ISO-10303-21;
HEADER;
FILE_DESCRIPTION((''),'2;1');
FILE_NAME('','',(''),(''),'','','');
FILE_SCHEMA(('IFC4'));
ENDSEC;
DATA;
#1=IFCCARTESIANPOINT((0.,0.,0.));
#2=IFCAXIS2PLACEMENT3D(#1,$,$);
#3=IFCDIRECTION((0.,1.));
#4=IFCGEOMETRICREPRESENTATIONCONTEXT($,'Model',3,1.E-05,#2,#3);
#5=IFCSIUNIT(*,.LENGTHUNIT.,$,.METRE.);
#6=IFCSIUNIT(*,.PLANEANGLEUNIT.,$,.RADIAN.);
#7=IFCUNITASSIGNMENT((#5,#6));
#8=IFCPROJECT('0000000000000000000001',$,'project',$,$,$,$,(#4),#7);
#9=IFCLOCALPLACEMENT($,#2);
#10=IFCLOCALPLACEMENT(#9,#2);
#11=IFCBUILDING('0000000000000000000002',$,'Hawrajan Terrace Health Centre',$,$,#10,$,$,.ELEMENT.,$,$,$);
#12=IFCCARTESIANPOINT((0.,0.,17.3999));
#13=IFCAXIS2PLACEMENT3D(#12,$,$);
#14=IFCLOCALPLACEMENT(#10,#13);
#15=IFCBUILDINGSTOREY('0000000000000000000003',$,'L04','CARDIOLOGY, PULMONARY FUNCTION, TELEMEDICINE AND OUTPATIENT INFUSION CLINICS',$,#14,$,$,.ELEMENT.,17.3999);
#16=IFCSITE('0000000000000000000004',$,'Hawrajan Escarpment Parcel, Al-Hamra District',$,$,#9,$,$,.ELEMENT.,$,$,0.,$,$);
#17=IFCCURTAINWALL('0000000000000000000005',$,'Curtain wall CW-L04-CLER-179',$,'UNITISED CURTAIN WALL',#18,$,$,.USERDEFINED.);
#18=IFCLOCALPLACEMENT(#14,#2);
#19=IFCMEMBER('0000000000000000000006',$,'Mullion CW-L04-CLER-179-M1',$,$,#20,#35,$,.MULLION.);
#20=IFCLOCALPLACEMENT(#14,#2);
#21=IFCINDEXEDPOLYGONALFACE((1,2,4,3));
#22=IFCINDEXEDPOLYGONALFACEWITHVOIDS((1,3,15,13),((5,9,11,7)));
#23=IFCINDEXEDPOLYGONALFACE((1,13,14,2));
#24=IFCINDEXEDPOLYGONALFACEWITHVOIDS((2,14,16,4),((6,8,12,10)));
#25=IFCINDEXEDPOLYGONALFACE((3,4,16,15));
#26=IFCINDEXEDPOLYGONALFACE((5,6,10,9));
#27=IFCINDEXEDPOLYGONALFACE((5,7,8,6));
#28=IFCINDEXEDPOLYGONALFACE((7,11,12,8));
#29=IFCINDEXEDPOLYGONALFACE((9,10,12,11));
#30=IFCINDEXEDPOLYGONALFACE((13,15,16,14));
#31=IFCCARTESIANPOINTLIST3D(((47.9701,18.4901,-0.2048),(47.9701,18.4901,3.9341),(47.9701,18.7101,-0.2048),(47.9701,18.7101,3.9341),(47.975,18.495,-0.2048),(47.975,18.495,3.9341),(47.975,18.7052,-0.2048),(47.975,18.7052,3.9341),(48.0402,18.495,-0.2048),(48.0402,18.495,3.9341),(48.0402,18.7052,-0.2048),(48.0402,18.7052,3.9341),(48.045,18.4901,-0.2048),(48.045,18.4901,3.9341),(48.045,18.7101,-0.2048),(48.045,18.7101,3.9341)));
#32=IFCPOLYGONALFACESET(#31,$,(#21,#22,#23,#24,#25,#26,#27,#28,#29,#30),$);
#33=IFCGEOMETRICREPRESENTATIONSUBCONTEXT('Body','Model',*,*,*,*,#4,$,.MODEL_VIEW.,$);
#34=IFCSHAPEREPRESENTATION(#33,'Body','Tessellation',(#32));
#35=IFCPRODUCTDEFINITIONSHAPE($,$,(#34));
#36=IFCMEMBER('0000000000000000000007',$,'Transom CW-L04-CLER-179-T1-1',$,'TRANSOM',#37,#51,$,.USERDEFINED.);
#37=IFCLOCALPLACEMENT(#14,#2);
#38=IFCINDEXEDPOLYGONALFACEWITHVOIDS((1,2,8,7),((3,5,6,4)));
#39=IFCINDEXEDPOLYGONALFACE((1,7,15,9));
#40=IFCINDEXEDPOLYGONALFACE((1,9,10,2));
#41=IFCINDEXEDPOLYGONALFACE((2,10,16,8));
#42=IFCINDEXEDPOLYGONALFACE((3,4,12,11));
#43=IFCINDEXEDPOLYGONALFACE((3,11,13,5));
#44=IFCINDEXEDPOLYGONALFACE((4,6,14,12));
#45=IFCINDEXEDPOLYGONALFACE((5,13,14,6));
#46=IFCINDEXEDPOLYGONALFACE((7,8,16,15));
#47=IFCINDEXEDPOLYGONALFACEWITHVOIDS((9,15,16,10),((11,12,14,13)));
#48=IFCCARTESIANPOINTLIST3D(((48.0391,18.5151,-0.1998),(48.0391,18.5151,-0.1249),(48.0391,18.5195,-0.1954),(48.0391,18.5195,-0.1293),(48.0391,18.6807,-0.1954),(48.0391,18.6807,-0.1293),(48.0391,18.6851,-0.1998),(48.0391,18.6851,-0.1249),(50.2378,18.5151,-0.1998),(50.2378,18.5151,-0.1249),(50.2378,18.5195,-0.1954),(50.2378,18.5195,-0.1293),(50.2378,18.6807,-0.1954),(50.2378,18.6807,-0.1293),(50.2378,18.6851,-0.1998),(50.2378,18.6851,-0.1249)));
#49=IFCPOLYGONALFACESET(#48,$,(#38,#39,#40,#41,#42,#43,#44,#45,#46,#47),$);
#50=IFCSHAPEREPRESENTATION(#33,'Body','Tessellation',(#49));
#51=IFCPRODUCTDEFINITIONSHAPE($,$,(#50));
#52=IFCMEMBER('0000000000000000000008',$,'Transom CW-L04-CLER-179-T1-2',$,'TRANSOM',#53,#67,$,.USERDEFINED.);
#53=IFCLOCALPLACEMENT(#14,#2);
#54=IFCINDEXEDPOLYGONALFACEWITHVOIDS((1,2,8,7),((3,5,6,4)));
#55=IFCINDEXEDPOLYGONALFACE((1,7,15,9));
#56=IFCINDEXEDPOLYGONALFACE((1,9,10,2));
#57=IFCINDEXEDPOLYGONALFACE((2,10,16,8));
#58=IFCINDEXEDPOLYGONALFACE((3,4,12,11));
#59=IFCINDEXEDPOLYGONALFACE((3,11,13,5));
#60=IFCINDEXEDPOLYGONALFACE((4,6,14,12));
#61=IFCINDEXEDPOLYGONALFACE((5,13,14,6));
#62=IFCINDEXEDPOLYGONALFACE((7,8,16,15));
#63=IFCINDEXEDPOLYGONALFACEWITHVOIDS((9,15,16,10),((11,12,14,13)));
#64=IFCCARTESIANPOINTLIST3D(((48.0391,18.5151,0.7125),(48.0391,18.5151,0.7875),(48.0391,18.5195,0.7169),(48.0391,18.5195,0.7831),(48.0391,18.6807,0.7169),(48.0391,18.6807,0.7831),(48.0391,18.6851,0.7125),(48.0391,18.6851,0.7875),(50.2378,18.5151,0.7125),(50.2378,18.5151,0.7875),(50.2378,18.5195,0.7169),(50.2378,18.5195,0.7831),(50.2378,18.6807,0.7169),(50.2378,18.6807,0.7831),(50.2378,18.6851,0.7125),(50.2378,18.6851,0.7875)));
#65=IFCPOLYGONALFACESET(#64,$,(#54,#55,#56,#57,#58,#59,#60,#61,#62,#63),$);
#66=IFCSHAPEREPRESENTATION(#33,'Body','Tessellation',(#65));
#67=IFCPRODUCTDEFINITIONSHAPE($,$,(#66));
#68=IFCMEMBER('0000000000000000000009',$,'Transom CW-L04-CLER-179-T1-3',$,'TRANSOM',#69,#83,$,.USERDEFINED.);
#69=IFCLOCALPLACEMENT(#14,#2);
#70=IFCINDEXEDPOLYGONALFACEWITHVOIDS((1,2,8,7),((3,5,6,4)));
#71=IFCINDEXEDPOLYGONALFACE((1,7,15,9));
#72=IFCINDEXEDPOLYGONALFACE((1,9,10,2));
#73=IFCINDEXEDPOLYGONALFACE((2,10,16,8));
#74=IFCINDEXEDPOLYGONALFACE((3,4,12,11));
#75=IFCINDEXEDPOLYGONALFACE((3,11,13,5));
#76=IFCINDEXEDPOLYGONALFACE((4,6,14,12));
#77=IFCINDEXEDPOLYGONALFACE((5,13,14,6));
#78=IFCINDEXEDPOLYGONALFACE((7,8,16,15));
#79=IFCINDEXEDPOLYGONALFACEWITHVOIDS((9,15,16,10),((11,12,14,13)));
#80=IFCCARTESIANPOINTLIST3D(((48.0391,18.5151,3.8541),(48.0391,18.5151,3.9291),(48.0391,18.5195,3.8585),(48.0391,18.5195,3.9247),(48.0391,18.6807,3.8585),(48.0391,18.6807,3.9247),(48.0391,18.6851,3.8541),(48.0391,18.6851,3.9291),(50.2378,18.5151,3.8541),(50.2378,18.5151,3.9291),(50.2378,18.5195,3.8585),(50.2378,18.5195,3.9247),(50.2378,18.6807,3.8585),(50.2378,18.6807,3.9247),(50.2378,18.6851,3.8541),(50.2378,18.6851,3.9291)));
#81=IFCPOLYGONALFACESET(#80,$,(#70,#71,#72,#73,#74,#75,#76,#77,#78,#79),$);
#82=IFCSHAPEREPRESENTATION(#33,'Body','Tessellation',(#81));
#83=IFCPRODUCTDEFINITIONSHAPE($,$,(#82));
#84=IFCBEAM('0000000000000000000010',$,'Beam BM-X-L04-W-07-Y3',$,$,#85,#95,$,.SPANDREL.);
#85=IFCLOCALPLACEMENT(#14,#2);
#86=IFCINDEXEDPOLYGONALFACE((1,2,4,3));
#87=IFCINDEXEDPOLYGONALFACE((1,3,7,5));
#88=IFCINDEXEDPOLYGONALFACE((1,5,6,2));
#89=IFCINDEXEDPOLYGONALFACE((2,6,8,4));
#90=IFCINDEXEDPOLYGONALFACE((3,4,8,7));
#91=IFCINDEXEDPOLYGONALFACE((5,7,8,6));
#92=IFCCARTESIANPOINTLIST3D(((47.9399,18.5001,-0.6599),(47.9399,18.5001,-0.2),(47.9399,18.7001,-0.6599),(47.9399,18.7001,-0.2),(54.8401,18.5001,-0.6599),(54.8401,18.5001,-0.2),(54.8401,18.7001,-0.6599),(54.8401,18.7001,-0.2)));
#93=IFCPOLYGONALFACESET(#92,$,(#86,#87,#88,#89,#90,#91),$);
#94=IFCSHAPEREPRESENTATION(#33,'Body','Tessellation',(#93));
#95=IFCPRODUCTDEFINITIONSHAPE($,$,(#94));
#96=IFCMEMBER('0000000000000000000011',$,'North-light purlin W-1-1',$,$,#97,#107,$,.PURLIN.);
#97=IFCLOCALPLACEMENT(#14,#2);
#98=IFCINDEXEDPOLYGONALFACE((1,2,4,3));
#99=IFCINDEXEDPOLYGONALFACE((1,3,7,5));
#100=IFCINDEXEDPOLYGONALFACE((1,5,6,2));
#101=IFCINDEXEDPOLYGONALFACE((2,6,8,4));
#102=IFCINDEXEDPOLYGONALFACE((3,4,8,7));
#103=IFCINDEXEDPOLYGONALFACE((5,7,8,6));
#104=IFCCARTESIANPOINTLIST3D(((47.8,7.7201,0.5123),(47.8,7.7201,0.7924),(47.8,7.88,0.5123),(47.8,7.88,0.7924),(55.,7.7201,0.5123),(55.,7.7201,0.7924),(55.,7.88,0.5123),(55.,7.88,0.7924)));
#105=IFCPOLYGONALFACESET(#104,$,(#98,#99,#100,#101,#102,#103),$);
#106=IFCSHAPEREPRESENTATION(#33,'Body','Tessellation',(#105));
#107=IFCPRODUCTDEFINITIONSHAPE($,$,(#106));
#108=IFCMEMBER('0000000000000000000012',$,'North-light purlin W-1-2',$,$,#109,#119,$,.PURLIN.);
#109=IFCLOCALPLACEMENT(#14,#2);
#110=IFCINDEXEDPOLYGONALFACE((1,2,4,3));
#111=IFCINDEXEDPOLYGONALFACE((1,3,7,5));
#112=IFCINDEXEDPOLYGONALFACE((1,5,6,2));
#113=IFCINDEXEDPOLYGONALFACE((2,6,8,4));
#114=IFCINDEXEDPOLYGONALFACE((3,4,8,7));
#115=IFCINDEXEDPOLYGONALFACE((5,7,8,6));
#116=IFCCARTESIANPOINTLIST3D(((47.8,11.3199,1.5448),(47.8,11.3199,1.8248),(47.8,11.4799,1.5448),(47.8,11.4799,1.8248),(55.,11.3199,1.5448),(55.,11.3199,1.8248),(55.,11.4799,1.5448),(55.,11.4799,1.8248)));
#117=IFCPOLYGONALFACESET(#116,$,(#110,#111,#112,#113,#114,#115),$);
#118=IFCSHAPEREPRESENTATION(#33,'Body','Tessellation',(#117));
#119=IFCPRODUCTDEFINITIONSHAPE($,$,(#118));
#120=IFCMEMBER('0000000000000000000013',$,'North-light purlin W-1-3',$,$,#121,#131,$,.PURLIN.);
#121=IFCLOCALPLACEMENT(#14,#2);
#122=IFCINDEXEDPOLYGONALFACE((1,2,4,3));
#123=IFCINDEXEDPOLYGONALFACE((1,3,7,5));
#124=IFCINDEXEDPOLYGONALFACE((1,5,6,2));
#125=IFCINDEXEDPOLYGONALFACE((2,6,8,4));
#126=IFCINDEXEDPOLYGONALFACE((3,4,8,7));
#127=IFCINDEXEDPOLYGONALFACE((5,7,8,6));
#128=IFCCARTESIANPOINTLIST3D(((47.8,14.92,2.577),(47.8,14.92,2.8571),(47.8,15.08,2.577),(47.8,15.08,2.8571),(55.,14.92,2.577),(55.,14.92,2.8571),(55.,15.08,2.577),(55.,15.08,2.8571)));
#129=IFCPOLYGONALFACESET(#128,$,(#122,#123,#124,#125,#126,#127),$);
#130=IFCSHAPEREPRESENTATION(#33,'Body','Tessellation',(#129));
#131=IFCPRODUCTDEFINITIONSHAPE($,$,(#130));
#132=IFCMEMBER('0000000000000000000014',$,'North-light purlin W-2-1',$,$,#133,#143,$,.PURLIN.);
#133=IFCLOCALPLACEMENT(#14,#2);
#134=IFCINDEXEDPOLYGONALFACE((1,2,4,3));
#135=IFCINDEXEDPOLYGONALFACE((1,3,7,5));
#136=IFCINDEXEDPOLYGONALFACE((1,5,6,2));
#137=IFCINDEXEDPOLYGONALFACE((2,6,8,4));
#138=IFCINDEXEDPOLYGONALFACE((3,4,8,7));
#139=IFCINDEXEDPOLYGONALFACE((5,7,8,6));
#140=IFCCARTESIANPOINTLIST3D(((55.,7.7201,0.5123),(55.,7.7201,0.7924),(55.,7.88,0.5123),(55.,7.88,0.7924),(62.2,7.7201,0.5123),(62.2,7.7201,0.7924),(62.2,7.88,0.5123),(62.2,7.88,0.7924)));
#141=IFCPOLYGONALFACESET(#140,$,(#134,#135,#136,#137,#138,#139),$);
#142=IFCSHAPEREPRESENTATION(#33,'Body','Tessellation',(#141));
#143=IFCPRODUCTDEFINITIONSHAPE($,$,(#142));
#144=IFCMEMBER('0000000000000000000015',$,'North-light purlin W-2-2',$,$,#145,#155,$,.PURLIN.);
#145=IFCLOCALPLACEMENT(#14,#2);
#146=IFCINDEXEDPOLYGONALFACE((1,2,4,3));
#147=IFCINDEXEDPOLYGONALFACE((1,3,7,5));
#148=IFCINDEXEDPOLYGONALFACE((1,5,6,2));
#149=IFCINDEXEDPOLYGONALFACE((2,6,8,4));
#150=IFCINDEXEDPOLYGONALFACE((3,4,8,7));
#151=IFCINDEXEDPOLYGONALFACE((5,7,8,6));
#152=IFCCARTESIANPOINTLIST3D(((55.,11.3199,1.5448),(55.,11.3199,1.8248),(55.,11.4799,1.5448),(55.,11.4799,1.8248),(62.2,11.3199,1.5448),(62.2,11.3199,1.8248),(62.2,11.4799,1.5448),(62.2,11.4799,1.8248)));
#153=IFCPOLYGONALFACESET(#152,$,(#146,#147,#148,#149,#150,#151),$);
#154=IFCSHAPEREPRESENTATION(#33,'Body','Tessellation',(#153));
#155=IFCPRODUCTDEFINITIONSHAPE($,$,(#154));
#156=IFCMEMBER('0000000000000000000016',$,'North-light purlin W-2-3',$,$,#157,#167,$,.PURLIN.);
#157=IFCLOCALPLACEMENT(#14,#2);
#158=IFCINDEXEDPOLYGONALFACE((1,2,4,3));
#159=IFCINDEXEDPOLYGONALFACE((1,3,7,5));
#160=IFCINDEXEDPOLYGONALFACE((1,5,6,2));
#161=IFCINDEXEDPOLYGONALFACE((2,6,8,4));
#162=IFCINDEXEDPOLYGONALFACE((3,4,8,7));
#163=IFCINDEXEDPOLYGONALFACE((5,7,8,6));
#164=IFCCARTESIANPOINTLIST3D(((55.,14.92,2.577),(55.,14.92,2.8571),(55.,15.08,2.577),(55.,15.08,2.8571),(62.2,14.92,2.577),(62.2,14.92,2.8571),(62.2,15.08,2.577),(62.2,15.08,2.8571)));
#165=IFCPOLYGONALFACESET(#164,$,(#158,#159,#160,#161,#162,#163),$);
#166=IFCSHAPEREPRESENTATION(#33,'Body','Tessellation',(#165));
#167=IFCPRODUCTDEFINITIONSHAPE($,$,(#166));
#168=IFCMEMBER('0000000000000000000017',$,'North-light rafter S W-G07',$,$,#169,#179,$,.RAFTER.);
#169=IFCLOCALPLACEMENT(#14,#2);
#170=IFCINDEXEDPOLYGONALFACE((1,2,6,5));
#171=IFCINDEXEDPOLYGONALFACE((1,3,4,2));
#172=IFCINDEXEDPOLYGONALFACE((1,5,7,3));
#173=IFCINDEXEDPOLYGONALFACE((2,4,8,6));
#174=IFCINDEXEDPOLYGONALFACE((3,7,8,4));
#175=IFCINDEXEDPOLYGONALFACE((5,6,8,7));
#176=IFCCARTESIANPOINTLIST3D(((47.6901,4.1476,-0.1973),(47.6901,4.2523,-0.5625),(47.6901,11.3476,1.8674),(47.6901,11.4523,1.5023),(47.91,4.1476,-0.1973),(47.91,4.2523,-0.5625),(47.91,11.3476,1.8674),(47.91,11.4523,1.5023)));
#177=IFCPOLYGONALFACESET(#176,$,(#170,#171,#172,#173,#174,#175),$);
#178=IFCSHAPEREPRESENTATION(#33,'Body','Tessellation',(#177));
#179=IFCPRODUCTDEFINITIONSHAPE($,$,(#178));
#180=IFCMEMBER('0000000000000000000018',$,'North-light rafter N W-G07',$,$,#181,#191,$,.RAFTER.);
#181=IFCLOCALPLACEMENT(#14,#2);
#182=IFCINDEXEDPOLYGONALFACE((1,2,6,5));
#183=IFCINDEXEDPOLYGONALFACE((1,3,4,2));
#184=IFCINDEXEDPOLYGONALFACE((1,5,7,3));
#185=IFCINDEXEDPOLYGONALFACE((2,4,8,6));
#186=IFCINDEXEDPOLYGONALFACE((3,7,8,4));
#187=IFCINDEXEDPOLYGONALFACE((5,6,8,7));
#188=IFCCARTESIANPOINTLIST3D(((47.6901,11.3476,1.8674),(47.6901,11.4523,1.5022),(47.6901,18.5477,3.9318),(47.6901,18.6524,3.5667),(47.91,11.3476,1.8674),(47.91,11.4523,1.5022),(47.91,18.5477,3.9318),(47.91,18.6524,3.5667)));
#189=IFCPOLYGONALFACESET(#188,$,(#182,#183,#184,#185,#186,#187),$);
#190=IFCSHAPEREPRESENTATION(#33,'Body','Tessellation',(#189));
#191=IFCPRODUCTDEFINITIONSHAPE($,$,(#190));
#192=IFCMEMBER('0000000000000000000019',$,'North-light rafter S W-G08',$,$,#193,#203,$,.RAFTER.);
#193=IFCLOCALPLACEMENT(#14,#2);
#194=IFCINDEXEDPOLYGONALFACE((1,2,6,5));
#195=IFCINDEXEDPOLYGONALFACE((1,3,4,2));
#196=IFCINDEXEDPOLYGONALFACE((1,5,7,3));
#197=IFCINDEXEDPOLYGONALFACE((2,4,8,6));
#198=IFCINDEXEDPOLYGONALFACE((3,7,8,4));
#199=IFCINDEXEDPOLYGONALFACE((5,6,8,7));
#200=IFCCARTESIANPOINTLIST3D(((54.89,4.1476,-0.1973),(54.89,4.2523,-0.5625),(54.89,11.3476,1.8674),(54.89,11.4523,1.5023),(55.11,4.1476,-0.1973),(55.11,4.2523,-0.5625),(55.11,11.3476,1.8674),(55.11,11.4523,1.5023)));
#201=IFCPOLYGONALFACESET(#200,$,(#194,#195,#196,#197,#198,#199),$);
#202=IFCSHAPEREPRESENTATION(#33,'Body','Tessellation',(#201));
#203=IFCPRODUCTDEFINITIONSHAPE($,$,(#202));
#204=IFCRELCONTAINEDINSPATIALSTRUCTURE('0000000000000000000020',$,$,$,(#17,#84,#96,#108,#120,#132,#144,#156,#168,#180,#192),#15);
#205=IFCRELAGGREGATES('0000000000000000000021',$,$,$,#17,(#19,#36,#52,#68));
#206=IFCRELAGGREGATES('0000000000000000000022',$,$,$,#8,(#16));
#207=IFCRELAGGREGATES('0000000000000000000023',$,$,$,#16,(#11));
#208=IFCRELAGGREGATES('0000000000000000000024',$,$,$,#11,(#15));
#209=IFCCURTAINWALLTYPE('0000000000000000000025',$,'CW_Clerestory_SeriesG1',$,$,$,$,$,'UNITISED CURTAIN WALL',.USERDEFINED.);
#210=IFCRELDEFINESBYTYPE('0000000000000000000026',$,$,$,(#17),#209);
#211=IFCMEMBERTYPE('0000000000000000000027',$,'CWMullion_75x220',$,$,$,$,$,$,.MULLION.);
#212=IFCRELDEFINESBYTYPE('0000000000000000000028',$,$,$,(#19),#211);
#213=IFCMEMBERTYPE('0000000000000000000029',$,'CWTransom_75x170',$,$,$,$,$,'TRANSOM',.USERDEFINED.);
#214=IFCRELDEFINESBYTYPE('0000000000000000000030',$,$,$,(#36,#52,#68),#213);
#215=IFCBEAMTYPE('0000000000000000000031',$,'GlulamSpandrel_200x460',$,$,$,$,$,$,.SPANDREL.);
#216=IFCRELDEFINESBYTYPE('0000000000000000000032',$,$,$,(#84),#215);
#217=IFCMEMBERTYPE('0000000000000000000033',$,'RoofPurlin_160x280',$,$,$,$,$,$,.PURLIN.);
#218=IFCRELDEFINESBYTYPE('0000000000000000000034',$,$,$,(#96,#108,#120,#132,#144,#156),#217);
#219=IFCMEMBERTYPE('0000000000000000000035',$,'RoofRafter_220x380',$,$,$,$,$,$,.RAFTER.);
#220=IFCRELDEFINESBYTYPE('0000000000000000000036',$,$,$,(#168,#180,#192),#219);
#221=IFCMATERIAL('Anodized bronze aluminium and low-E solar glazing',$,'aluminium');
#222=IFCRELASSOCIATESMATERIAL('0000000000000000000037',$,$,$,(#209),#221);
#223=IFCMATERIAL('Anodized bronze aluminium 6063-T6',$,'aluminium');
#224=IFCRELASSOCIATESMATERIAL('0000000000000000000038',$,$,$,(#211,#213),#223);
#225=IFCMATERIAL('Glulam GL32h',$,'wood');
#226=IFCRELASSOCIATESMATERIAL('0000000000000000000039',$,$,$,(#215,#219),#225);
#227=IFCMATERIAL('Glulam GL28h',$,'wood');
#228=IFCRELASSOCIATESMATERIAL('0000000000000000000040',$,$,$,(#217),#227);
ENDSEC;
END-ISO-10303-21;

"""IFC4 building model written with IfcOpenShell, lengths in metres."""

from ifc_helpers import new_model, si_unit, direction, frame, origin, origin_2d, place, context, subcontext, project, spatial, rectangle, hollow_rectangle, extrude, material, material_profile, profile_set, type_object, element, aggregate, save


model = new_model("IFC4")

# Units and contexts
model_context = context("Model", 3, precision=1e-05, world=origin(), true_north=direction((0.0, 1.0)))
body_context = subcontext(model_context, "Body", "Model", "MODEL_VIEW")
ifc_project = project(units=[si_unit("LENGTHUNIT", "METRE"), si_unit("PLANEANGLEUNIT", "RADIAN")], contexts=[model_context])

# Site, building, storey
site_placement = place(None, origin())
site = spatial("IfcSite", under=ifc_project, at=site_placement, Name="Hawrajan Escarpment Parcel, Al-Hamra District", CompositionType="ELEMENT", RefElevation=0.0)
building_placement = place(site_placement, origin())
building = spatial("IfcBuilding", under=site, at=building_placement, Name="Hawrajan Terrace Health Centre", CompositionType="ELEMENT")
storey_placement = place(building_placement, frame((0.0, 0.0, 17.3999)))
storey = spatial("IfcBuildingStorey", under=building, at=storey_placement, Name="L04", Description="CARDIOLOGY, PULMONARY FUNCTION, TELEMEDICINE AND OUTPATIENT INFUSION CLINICS", CompositionType="ELEMENT", Elevation=17.3999)

# Curtain wall, members
ifc_material_1 = material(Name="Anodized bronze aluminium and low-E solar glazing", Category="aluminium")
curtain_wall_type = type_object("IfcCurtainWallType", Name="CW_Clerestory_SeriesG1", ElementType="UNITISED CURTAIN WALL", PredefinedType="USERDEFINED", material=ifc_material_1)
curtain_wall_placement = place(storey_placement, origin())
curtain_wall = element("IfcCurtainWall", 1, at=curtain_wall_placement, inside=storey, type_object=curtain_wall_type, Name="Curtain wall CW-L04-CLER-179", ObjectType="UNITISED CURTAIN WALL", PredefinedType="USERDEFINED")
ifc_material_2 = material(Name="Anodized bronze aluminium 6063-T6", Category="aluminium")
ifc_material_profile_1 = material_profile(ifc_material_2, hollow_rectangle(XDim=0.075, YDim=0.22, WallThickness=0.0049, at=origin_2d()), Name="CW MUL 75x220")
ifc_profile_set_1 = profile_set([ifc_material_profile_1], Name="Anodized bronze aluminium 6063-T6")
member_type_1 = type_object("IfcMemberType", Name="CWMullion_75x220", PredefinedType="MULLION", material=ifc_profile_set_1)
member_1_placement = place(storey_placement, frame((48.0076, 18.6001, -0.2048), z_axis=(0.0, 0.0, 1.0), x_axis=(1.0, 0.0, 0.0)))
member_1 = element("IfcMember", 2, at=member_1_placement, type_object=member_type_1, Name="Mullion CW-L04-CLER-179-M1", PredefinedType="MULLION", context=body_context, shape_type="SweptSolid", body=[
    extrude(hollow_rectangle(XDim=0.075, YDim=0.22, WallThickness=0.0049, at=origin_2d()), origin(), (0.0, 0.0, 1.0), 4.1389),
])
ifc_material_profile_2 = material_profile(ifc_material_2, hollow_rectangle(XDim=0.075, YDim=0.1699, WallThickness=0.0044, at=origin_2d()), Name="CW TRN 75x170")
ifc_profile_set_2 = profile_set([ifc_material_profile_2], Name="Anodized bronze aluminium 6063-T6")
member_type_2 = type_object("IfcMemberType", Name="CWTransom_75x170", ElementType="TRANSOM", PredefinedType="USERDEFINED", material=ifc_profile_set_2)
member_2_placement = place(storey_placement, frame((48.0391, 18.6001, -0.1624), z_axis=(1.0, 0.0, 0.0), x_axis=(0.0, 0.0, 1.0)))
member_2 = element("IfcMember", 3, at=member_2_placement, type_object=member_type_2, Name="Transom CW-L04-CLER-179-T1-1", ObjectType="TRANSOM", PredefinedType="USERDEFINED", context=body_context, shape_type="SweptSolid", body=[
    extrude(hollow_rectangle(XDim=0.075, YDim=0.1699, WallThickness=0.0044, at=origin_2d()), origin(), (0.0, 0.0, 1.0), 2.1987),
])
member_3_placement = place(storey_placement, frame((48.0391, 18.6001, 0.75), z_axis=(1.0, 0.0, 0.0), x_axis=(0.0, 0.0, 1.0)))
member_3 = element("IfcMember", 4, at=member_3_placement, type_object=member_type_2, Name="Transom CW-L04-CLER-179-T1-2", ObjectType="TRANSOM", PredefinedType="USERDEFINED", context=body_context, shape_type="SweptSolid", body=[
    extrude(hollow_rectangle(XDim=0.075, YDim=0.1699, WallThickness=0.0044, at=origin_2d()), origin(), (0.0, 0.0, 1.0), 2.1987),
])
member_4_placement = place(storey_placement, frame((48.0391, 18.6001, 3.8916), z_axis=(1.0, 0.0, 0.0), x_axis=(0.0, 0.0, 1.0)))
member_4 = element("IfcMember", 5, at=member_4_placement, type_object=member_type_2, Name="Transom CW-L04-CLER-179-T1-3", ObjectType="TRANSOM", PredefinedType="USERDEFINED", context=body_context, shape_type="SweptSolid", body=[
    extrude(hollow_rectangle(XDim=0.075, YDim=0.1699, WallThickness=0.0044, at=origin_2d()), origin(), (0.0, 0.0, 1.0), 2.1987),
])

# Beam
ifc_material_3 = material(Name="Glulam GL32h", Category="wood")
ifc_material_profile_3 = material_profile(ifc_material_3, rectangle(XDim=0.2, YDim=0.46, at=origin_2d()), Name="GL SP 200x460")
ifc_profile_set_3 = profile_set([ifc_material_profile_3], Name="Glulam GL32h")
beam_type_1 = type_object("IfcBeamType", Name="GlulamSpandrel_200x460", PredefinedType="SPANDREL", material=ifc_profile_set_3)
beam_1_placement = place(storey_placement, frame((47.9399, 18.6001, -0.4299), z_axis=(1.0, 0.0, 0.0), x_axis=(0.0, 1.0, 0.0)))
element("IfcBeam", 6, at=beam_1_placement, inside=storey, type_object=beam_type_1, Name="Beam BM-X-L04-W-07-Y3", PredefinedType="SPANDREL", context=body_context, shape_type="SweptSolid", body=[
    extrude(rectangle(XDim=0.2, YDim=0.46, at=origin_2d()), origin(), (0.0, 0.0, 1.0), 6.9001),
])

# Members
ifc_material_4 = material(Name="Glulam GL28h", Category="wood")
ifc_material_profile_4 = material_profile(ifc_material_4, rectangle(XDim=0.1599, YDim=0.28, at=origin_2d()), Name="GL PUR 160x280")
ifc_profile_set_4 = profile_set([ifc_material_profile_4], Name="Glulam GL28h")
member_type_3 = type_object("IfcMemberType", Name="RoofPurlin_160x280", PredefinedType="PURLIN", material=ifc_profile_set_4)
for number, where, z_axis, x_axis, name in (
    (7, (47.8, 7.8, 0.6523), (1.0, 0.0, 0.0), (0.0, 1.0, 0.0), "North-light purlin W-1-1"),
    (8, (47.8, 11.3999, 1.6848), (1.0, 0.0, 0.0), (0.0, 1.0, 0.0), "North-light purlin W-1-2"),
    (9, (47.8, 15.0, 2.717), (1.0, 0.0, 0.0), (0.0, 1.0, 0.0), "North-light purlin W-1-3"),
    (10, (55.0, 7.8, 0.6523), (1.0, 0.0, 0.0), (0.0, 1.0, 0.0), "North-light purlin W-2-1"),
    (11, (55.0, 11.3999, 1.6848), (1.0, 0.0, 0.0), (0.0, 1.0, 0.0), "North-light purlin W-2-2"),
    (12, (55.0, 15.0, 2.717), (1.0, 0.0, 0.0), (0.0, 1.0, 0.0), "North-light purlin W-2-3"),
):
    element("IfcMember", number, at=place(storey_placement, frame(where, z_axis=z_axis, x_axis=x_axis)), inside=storey, type_object=member_type_3, Name=name, PredefinedType="PURLIN", context=body_context, shape_type="SweptSolid", body=[
        extrude(rectangle(XDim=0.1599, YDim=0.28, at=origin_2d()), origin(), (0.0, 0.0, 1.0), 7.2),
    ])
ifc_material_profile_5 = material_profile(ifc_material_3, rectangle(XDim=0.22, YDim=0.3799, at=origin_2d()), Name="GL CHD 220x380")
ifc_profile_set_5 = profile_set([ifc_material_profile_5], Name="Glulam GL32h")
member_type_4 = type_object("IfcMemberType", Name="RoofRafter_220x380", PredefinedType="RAFTER", material=ifc_profile_set_5)
for number, where, z_axis, x_axis, name in (
    (13, (47.8, 4.2, -0.3799), (0.0, 0.961257, 0.275655), (-1.0, 0.0, 0.0), "North-light rafter S W-G07"),
    (14, (47.8, 11.3999, 1.6848), (0.0, 0.961268, 0.275616), (-1.0, 0.0, 0.0), "North-light rafter N W-G07"),
    (15, (55.0, 4.2, -0.3799), (0.0, 0.961257, 0.275655), (-1.0, 0.0, 0.0), "North-light rafter S W-G08"),
):
    element("IfcMember", number, at=place(storey_placement, frame(where, z_axis=z_axis, x_axis=x_axis)), inside=storey, type_object=member_type_4, Name=name, PredefinedType="RAFTER", context=body_context, shape_type="SweptSolid", body=[
        extrude(rectangle(XDim=0.22, YDim=0.3799, at=origin_2d()), origin(), (0.0, 0.0, 1.0), 7.4902),
    ])

aggregate(curtain_wall, [member_1, member_2, member_3, member_4])

save(model, "model.ifc")
